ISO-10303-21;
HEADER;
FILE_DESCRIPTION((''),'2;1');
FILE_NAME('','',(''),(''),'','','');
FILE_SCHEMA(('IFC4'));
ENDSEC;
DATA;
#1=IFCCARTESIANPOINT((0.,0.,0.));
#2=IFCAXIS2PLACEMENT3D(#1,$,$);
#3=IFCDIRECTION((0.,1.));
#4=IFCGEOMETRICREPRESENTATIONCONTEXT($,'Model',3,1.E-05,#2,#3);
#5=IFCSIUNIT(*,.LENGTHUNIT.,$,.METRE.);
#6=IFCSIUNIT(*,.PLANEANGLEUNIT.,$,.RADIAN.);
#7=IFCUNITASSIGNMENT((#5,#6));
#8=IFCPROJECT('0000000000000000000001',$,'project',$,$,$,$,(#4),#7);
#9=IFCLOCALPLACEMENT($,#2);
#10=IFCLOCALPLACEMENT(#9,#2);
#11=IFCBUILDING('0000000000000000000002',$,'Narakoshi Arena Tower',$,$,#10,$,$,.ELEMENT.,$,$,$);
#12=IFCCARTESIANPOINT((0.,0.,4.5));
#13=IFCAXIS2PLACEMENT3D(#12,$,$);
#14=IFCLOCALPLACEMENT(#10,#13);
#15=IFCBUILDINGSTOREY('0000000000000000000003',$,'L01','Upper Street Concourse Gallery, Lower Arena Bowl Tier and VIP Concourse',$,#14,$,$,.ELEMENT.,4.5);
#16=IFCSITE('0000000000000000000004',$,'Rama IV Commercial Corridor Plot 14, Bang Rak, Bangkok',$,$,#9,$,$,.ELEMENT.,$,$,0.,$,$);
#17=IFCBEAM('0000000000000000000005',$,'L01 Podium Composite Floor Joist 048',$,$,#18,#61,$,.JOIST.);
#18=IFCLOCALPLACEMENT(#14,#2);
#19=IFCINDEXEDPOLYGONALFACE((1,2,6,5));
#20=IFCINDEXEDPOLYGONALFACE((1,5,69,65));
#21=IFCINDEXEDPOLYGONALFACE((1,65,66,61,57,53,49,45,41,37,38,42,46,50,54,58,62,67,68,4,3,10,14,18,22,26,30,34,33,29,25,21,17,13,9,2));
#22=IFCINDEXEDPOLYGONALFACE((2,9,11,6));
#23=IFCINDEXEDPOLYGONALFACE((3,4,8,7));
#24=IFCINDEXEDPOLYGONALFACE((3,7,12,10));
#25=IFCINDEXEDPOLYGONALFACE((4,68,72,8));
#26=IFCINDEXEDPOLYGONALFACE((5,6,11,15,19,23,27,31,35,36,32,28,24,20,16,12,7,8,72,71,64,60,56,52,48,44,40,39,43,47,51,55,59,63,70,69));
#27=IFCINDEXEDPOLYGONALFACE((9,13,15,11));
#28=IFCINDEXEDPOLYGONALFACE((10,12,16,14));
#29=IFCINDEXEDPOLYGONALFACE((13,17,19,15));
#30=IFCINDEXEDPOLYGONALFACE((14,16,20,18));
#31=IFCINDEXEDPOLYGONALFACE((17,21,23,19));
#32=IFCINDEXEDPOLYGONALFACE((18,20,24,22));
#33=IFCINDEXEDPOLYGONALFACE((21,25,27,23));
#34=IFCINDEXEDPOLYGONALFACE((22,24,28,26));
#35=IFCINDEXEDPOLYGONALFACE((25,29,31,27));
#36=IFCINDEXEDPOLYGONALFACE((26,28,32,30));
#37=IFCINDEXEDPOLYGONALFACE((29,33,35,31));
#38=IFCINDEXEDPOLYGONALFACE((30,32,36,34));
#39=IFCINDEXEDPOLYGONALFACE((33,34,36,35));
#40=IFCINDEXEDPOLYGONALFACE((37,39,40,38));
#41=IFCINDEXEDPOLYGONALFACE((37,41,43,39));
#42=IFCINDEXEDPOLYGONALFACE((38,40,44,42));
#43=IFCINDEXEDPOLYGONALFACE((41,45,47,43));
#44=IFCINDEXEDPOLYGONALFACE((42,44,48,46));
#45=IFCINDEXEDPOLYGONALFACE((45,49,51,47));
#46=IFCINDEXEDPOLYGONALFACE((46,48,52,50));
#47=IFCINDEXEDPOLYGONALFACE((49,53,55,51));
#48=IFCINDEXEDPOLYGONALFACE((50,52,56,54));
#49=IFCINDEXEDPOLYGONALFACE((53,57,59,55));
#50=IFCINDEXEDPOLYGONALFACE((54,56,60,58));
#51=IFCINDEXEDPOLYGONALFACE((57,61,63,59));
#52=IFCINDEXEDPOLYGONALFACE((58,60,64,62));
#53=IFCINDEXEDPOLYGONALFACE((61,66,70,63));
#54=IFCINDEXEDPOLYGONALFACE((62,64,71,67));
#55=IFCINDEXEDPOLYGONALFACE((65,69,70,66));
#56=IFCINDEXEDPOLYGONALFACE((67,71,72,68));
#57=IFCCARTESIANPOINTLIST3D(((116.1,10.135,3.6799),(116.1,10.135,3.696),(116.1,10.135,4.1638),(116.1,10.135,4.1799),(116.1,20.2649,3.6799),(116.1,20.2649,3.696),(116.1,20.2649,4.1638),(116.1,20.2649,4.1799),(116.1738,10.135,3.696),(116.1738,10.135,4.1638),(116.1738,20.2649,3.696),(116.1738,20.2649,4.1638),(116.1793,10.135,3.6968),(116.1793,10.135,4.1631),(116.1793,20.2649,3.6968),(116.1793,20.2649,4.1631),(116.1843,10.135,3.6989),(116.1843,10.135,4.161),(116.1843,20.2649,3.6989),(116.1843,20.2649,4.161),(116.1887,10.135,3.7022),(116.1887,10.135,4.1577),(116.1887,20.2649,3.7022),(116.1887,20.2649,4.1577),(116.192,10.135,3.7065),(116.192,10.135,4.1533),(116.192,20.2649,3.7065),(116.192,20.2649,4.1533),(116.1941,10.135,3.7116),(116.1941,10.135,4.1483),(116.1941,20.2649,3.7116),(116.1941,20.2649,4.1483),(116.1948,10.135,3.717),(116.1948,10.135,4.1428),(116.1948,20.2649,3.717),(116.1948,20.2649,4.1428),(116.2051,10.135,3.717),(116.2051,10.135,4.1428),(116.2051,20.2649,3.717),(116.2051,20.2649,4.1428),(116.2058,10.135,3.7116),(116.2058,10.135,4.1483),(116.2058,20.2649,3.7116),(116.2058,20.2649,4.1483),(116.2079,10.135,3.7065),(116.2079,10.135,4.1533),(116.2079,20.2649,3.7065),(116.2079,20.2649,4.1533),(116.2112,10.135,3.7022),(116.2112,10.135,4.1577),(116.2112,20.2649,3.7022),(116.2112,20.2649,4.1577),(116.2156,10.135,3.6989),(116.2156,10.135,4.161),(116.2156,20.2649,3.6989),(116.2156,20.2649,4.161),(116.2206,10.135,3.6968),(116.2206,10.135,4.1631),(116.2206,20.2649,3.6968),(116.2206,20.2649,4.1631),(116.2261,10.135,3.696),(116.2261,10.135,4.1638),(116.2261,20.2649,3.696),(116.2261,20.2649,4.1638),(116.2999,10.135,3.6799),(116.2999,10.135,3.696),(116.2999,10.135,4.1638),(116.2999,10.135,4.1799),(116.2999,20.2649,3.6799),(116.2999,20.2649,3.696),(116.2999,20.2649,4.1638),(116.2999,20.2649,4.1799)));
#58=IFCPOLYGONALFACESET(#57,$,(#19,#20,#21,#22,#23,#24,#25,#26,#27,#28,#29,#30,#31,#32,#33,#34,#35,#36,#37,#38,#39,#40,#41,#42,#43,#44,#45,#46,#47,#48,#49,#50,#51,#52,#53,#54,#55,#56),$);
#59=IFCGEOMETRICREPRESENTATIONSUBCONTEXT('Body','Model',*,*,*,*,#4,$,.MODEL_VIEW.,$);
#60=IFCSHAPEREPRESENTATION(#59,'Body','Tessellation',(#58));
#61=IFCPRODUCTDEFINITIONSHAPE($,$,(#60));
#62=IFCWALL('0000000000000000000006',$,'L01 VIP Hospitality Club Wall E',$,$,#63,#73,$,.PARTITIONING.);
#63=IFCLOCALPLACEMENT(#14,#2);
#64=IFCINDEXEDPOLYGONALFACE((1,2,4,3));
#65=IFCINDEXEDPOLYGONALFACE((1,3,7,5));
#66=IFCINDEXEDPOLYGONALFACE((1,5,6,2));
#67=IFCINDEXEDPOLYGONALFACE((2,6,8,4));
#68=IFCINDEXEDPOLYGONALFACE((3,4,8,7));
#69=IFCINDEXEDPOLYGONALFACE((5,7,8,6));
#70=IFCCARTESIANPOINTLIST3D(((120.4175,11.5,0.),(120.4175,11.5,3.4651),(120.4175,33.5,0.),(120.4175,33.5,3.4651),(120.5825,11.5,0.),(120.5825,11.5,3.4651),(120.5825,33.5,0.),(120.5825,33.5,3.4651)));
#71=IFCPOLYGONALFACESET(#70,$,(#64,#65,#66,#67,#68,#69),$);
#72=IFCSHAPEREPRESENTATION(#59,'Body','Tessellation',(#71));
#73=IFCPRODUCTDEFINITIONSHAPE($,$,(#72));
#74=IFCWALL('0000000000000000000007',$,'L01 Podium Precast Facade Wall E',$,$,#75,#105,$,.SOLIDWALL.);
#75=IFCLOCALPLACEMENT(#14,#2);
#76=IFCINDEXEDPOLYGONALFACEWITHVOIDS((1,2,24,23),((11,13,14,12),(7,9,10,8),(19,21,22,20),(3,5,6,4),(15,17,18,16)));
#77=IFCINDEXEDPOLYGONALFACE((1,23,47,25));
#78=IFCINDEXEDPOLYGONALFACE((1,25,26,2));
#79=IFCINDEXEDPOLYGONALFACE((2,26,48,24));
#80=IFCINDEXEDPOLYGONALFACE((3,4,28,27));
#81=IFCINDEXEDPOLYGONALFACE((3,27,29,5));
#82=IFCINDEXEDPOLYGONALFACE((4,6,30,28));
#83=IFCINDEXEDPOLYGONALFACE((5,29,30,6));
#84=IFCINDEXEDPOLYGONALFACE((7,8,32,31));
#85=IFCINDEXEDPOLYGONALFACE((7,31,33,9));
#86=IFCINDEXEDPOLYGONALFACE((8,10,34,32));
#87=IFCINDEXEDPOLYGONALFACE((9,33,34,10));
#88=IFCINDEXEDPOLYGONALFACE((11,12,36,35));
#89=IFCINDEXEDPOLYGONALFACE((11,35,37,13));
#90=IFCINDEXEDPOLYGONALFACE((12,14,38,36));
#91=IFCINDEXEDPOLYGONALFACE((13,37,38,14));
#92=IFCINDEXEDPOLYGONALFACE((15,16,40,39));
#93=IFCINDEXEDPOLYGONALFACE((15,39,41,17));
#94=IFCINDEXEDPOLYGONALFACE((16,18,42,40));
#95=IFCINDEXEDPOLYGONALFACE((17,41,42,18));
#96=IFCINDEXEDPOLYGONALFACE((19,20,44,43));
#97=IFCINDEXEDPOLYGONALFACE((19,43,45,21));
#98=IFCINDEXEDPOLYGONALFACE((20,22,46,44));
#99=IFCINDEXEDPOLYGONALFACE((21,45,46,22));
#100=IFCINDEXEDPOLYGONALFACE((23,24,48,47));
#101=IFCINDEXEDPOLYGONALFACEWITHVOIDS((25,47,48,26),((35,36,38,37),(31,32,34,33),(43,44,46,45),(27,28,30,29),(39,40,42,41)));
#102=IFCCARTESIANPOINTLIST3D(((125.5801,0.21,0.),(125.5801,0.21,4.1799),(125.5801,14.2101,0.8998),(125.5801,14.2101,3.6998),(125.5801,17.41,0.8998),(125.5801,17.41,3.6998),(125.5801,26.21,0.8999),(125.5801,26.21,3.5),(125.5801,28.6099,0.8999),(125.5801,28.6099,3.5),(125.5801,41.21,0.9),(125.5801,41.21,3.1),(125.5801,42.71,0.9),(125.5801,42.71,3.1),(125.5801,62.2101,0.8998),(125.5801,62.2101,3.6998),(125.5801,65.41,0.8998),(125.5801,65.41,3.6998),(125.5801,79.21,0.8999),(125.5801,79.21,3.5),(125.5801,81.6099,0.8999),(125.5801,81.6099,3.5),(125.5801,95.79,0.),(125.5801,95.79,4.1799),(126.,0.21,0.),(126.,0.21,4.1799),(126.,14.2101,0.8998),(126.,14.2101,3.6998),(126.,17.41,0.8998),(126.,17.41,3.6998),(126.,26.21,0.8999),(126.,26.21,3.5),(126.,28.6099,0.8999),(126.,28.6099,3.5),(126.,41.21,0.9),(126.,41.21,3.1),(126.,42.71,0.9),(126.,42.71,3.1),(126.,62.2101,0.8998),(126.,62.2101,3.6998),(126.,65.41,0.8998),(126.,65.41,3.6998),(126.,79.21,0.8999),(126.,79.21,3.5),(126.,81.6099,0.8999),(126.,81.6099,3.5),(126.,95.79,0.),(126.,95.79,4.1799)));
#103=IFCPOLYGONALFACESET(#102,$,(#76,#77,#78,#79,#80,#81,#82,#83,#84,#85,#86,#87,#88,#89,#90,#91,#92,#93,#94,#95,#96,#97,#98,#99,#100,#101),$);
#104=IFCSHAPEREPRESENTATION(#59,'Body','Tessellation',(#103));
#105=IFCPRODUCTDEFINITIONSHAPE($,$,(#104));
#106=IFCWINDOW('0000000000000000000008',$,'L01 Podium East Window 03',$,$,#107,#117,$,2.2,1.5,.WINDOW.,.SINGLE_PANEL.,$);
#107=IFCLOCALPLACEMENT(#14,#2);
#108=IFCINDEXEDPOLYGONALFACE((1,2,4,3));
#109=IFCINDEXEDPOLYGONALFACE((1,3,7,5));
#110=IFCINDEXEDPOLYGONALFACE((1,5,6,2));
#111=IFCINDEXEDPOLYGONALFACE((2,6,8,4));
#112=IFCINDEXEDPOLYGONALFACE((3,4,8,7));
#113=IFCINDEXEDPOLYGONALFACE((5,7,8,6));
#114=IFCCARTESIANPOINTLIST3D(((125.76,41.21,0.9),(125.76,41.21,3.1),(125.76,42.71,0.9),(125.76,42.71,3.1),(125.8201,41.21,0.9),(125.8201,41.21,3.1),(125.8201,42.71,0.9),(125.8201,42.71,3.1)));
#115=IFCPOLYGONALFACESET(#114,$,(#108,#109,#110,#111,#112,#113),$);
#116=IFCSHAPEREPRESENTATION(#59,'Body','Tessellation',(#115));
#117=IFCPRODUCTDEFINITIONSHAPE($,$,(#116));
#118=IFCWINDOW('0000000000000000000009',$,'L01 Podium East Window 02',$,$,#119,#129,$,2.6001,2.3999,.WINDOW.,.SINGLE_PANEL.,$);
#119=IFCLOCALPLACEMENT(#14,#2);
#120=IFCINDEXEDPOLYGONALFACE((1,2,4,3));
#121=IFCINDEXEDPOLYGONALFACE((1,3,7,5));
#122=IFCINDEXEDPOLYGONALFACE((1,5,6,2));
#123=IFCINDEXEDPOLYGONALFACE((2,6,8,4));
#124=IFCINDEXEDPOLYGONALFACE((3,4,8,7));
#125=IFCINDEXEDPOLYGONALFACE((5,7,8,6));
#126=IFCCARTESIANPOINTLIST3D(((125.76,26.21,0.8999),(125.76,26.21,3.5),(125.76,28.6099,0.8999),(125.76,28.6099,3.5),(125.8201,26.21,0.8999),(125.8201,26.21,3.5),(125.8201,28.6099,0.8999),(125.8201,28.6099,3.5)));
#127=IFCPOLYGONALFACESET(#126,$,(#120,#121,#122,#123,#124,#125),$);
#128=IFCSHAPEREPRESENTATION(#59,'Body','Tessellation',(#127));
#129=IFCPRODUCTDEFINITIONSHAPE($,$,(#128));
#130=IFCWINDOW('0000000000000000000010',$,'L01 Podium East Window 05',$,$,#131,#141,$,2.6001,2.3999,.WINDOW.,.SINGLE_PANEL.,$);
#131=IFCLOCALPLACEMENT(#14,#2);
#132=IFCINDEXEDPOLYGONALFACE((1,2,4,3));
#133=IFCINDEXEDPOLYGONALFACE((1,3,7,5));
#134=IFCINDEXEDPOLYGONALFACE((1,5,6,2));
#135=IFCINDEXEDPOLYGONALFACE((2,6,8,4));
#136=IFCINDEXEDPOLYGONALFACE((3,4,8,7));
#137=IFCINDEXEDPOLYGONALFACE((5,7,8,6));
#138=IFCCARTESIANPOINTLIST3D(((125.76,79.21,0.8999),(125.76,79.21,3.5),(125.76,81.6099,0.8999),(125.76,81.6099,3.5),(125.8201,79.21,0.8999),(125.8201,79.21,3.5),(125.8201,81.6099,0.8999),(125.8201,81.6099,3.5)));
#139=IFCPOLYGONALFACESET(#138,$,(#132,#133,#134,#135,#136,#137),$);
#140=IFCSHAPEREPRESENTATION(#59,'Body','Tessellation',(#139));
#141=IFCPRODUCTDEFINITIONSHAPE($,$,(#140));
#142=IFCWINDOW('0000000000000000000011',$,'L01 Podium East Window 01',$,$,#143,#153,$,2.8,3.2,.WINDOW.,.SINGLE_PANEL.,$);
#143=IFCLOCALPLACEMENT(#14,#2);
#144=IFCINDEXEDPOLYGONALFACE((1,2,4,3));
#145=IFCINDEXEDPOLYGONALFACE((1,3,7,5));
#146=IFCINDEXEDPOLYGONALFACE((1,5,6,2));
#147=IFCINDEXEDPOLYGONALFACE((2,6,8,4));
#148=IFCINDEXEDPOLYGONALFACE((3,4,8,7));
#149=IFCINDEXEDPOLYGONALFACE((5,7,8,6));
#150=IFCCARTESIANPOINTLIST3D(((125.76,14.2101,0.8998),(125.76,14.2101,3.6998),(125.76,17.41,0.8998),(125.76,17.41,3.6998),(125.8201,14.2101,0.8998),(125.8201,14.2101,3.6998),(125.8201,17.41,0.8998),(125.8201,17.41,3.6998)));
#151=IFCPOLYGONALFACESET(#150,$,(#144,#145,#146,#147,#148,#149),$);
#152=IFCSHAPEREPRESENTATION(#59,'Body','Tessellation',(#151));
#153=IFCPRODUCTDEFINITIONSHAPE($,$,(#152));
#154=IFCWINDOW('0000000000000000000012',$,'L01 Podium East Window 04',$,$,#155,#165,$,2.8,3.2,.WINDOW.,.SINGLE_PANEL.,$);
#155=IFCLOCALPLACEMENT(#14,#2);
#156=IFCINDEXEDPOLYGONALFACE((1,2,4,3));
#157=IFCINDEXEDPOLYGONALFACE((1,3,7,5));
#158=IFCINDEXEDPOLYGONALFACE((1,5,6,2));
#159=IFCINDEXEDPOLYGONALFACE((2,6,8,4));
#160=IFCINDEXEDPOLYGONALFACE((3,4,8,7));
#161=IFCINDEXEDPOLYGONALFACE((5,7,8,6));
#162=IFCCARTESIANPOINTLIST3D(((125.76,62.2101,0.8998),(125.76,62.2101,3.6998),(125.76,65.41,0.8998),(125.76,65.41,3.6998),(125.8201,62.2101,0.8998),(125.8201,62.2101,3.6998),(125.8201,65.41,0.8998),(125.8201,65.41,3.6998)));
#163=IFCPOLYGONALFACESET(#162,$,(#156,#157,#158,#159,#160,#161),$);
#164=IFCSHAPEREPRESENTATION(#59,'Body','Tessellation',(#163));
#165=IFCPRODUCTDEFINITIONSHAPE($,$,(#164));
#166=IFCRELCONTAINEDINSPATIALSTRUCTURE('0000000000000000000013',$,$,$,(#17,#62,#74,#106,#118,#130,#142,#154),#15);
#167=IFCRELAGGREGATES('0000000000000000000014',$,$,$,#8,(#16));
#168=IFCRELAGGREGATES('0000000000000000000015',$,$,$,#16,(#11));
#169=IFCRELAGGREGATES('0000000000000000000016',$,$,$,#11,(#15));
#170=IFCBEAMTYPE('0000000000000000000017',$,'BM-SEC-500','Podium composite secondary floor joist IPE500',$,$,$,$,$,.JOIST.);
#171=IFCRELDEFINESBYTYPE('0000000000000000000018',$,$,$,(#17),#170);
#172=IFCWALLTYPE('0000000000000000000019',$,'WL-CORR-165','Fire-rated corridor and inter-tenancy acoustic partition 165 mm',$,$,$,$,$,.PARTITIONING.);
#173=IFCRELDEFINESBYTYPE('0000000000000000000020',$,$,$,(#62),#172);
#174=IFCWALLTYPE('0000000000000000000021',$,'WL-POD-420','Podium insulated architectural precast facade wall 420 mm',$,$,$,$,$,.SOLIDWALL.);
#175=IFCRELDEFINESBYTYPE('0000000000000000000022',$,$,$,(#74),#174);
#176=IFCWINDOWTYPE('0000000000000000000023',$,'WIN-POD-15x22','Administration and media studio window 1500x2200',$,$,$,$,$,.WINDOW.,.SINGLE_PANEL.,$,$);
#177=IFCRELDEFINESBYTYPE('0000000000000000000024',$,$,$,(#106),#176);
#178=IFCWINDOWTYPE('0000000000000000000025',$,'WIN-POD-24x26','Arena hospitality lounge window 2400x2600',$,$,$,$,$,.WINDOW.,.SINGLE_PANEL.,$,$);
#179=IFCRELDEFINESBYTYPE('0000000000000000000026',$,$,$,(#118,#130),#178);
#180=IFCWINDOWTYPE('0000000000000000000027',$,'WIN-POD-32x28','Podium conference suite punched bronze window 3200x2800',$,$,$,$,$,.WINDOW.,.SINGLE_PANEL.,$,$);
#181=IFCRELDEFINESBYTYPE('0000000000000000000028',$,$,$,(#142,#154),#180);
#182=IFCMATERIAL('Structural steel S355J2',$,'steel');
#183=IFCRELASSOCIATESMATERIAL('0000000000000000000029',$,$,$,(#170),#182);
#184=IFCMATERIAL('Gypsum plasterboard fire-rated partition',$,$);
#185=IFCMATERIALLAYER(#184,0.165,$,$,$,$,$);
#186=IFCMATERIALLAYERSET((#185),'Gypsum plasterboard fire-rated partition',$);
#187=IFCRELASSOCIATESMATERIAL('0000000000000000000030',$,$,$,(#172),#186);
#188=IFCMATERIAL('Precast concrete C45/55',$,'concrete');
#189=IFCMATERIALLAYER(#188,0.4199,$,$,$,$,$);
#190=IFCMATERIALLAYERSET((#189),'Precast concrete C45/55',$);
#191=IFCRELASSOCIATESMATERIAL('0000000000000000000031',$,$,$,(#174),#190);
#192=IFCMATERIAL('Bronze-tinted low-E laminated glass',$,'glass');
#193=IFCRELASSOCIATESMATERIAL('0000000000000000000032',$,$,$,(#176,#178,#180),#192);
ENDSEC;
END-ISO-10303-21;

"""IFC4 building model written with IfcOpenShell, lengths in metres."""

from ifc_helpers import new_model, si_unit, direction, frame, frame_2d, origin, origin_2d, place, context, subcontext, project, spatial, rectangle, i_section, extrude, material, layer, layer_set, material_profile, profile_set, type_object, element, fill, save


model = new_model("IFC4")

# Units and contexts
model_context = context("Model", 3, precision=1e-05, world=origin(), true_north=direction((0.0, 1.0)))
body_context = subcontext(model_context, "Body", "Model", "MODEL_VIEW")
ifc_project = project(units=[si_unit("LENGTHUNIT", "METRE"), si_unit("PLANEANGLEUNIT", "RADIAN")], contexts=[model_context])

# Site, building, storey
site_placement = place(None, origin())
site = spatial("IfcSite", under=ifc_project, at=site_placement, Name="Rama IV Commercial Corridor Plot 14, Bang Rak, Bangkok", CompositionType="ELEMENT", RefElevation=0.0)
building_placement = place(site_placement, origin())
building = spatial("IfcBuilding", under=site, at=building_placement, Name="Narakoshi Arena Tower", CompositionType="ELEMENT")
storey_placement = place(building_placement, frame((0.0, 0.0, 4.5)))
storey = spatial("IfcBuildingStorey", under=building, at=storey_placement, Name="L01", Description="Upper Street Concourse Gallery, Lower Arena Bowl Tier and VIP Concourse", CompositionType="ELEMENT", Elevation=4.5)

# Beam
ifc_material_1 = material(Name="Structural steel S355J2", Category="steel")
ifc_material_profile_1 = material_profile(ifc_material_1, i_section(OverallWidth=0.2, OverallDepth=0.5, WebThickness=0.0103, FlangeThickness=0.0161, FilletRadius=0.021, at=origin_2d()), Name="IPE500")
ifc_profile_set_1 = profile_set([ifc_material_profile_1], Name="Structural steel S355J2")
beam_type_1 = type_object("IfcBeamType", Name="BM-SEC-500", Description="Podium composite secondary floor joist IPE500", PredefinedType="JOIST", material=ifc_profile_set_1)
beam_1_placement = place(storey_placement, frame((116.2, 10.135, 3.9299), z_axis=(0.0, 1.0, 0.0), x_axis=(-1.0, 0.0, 0.0)))
element("IfcBeam", 1, at=beam_1_placement, inside=storey, type_object=beam_type_1, Name="L01 Podium Composite Floor Joist 048", PredefinedType="JOIST", context=body_context, shape_type="SweptSolid", body=[
    extrude(i_section(OverallWidth=0.2, OverallDepth=0.5, WebThickness=0.0103, FlangeThickness=0.0161, FilletRadius=0.021, at=origin_2d()), origin(), (0.0, 0.0, 1.0), 10.1299),
])

# Wall
ifc_material_2 = material(Name="Gypsum plasterboard fire-rated partition")
ifc_layer_1 = layer(ifc_material_2, 0.165)
ifc_layer_set_1 = layer_set([ifc_layer_1], Name="Gypsum plasterboard fire-rated partition")
wall_type_1 = type_object("IfcWallType", Name="WL-CORR-165", Description="Fire-rated corridor and inter-tenancy acoustic partition 165 mm", PredefinedType="PARTITIONING", material=ifc_layer_set_1)
wall_1_placement = place(storey_placement, frame((120.5, 11.5, 0.0), z_axis=(0.0, 0.0, 1.0), x_axis=(0.0, 1.0, 0.0)))
element("IfcWall", 2, at=wall_1_placement, inside=storey, type_object=wall_type_1, Name="L01 VIP Hospitality Club Wall E", PredefinedType="PARTITIONING", context=body_context, shape_type="SweptSolid", body=[
    extrude(rectangle(XDim=22.0, YDim=0.165, at=frame_2d((11.0, 0.0))), origin(), (0.0, 0.0, 1.0), 3.4651),
])

# Wall, openings, windows
ifc_material_3 = material(Name="Precast concrete C45/55", Category="concrete")
ifc_layer_2 = layer(ifc_material_3, 0.4199)
ifc_layer_set_2 = layer_set([ifc_layer_2], Name="Precast concrete C45/55")
wall_type_2 = type_object("IfcWallType", Name="WL-POD-420", Description="Podium insulated architectural precast facade wall 420 mm", PredefinedType="SOLIDWALL", material=ifc_layer_set_2)
wall_2_placement = place(storey_placement, frame((125.79, 0.21, 0.0), z_axis=(0.0, 0.0, 1.0), x_axis=(0.0, 1.0, 0.0)))
wall_2 = element("IfcWall", 3, at=wall_2_placement, inside=storey, type_object=wall_type_2, Name="L01 Podium Precast Facade Wall E", PredefinedType="SOLIDWALL", context=body_context, shape_type="SweptSolid", body=[
    extrude(rectangle(XDim=95.5801, YDim=0.4199, at=frame_2d((47.79, 0.0))), origin(), (0.0, 0.0, 1.0), 4.1799),
])
opening_1_placement = place(wall_2_placement, frame((14.0, 0.0, 0.8999)))
opening_1 = element("IfcOpeningElement", 4, at=opening_1_placement, cuts=wall_2, PredefinedType="OPENING", context=body_context, shape_type="SweptSolid", body=[
    extrude(rectangle(XDim=3.2, YDim=2.8, at=frame_2d((1.6001, 1.3999))), frame((0.0, 0.22, 0.0), z_axis=(0.0, -1.0, 0.0), x_axis=(1.0, 0.0, 0.0)), (0.0, 0.0, 1.0), 0.4399),
])
opening_2_placement = place(wall_2_placement, frame((26.0, 0.0, 0.8999)))
opening_2 = element("IfcOpeningElement", 5, at=opening_2_placement, cuts=wall_2, PredefinedType="OPENING", context=body_context, shape_type="SweptSolid", body=[
    extrude(rectangle(XDim=2.3999, YDim=2.6001, at=frame_2d((1.2, 1.3))), frame((0.0, 0.22, 0.0), z_axis=(0.0, -1.0, 0.0), x_axis=(1.0, 0.0, 0.0)), (0.0, 0.0, 1.0), 0.4399),
])
opening_3_placement = place(wall_2_placement, frame((41.0, 0.0, 0.8999)))
opening_3 = element("IfcOpeningElement", 6, at=opening_3_placement, cuts=wall_2, PredefinedType="OPENING", context=body_context, shape_type="SweptSolid", body=[
    extrude(rectangle(XDim=1.5, YDim=2.2, at=frame_2d((0.75, 1.1001))), frame((0.0, 0.22, 0.0), z_axis=(0.0, -1.0, 0.0), x_axis=(1.0, 0.0, 0.0)), (0.0, 0.0, 1.0), 0.4399),
])
opening_4_placement = place(wall_2_placement, frame((62.0, 0.0, 0.8999)))
opening_4 = element("IfcOpeningElement", 7, at=opening_4_placement, cuts=wall_2, PredefinedType="OPENING", context=body_context, shape_type="SweptSolid", body=[
    extrude(rectangle(XDim=3.2, YDim=2.8, at=frame_2d((1.6001, 1.3999))), frame((0.0, 0.22, 0.0), z_axis=(0.0, -1.0, 0.0), x_axis=(1.0, 0.0, 0.0)), (0.0, 0.0, 1.0), 0.4399),
])
opening_5_placement = place(wall_2_placement, frame((79.0, 0.0, 0.8999)))
opening_5 = element("IfcOpeningElement", 8, at=opening_5_placement, cuts=wall_2, PredefinedType="OPENING", context=body_context, shape_type="SweptSolid", body=[
    extrude(rectangle(XDim=2.3999, YDim=2.6001, at=frame_2d((1.2, 1.3))), frame((0.0, 0.22, 0.0), z_axis=(0.0, -1.0, 0.0), x_axis=(1.0, 0.0, 0.0)), (0.0, 0.0, 1.0), 0.4399),
])
ifc_material_4 = material(Name="Bronze-tinted low-E laminated glass", Category="glass")
window_type_1 = type_object("IfcWindowType", Name="WIN-POD-15x22", Description="Administration and media studio window 1500x2200", PartitioningType="SINGLE_PANEL", PredefinedType="WINDOW", material=ifc_material_4)
window_1_placement = place(opening_3_placement, origin())
window_1 = element("IfcWindow", 9, at=window_1_placement, inside=storey, type_object=window_type_1, Name="L01 Podium East Window 03", OverallHeight=2.2, OverallWidth=1.5, PartitioningType="SINGLE_PANEL", PredefinedType="WINDOW", context=body_context, shape_type="SweptSolid", body=[
    extrude(rectangle(XDim=1.5, YDim=2.2, at=frame_2d((0.75, 1.1001))), frame((0.0, 0.03, 0.0), z_axis=(0.0, -1.0, 0.0), x_axis=(1.0, 0.0, 0.0)), (0.0, 0.0, 1.0), 0.0601),
])
fill(opening_3, window_1)
window_type_2 = type_object("IfcWindowType", Name="WIN-POD-24x26", Description="Arena hospitality lounge window 2400x2600", PartitioningType="SINGLE_PANEL", PredefinedType="WINDOW", material=ifc_material_4)
window_2_placement = place(opening_2_placement, origin())
window_2 = element("IfcWindow", 10, at=window_2_placement, inside=storey, type_object=window_type_2, Name="L01 Podium East Window 02", OverallHeight=2.6001, OverallWidth=2.3999, PartitioningType="SINGLE_PANEL", PredefinedType="WINDOW", context=body_context, shape_type="SweptSolid", body=[
    extrude(rectangle(XDim=2.3999, YDim=2.6001, at=frame_2d((1.2, 1.3))), frame((0.0, 0.03, 0.0), z_axis=(0.0, -1.0, 0.0), x_axis=(1.0, 0.0, 0.0)), (0.0, 0.0, 1.0), 0.0601),
])
fill(opening_2, window_2)
window_3_placement = place(opening_5_placement, origin())
window_3 = element("IfcWindow", 11, at=window_3_placement, inside=storey, type_object=window_type_2, Name="L01 Podium East Window 05", OverallHeight=2.6001, OverallWidth=2.3999, PartitioningType="SINGLE_PANEL", PredefinedType="WINDOW", context=body_context, shape_type="SweptSolid", body=[
    extrude(rectangle(XDim=2.3999, YDim=2.6001, at=frame_2d((1.2, 1.3))), frame((0.0, 0.03, 0.0), z_axis=(0.0, -1.0, 0.0), x_axis=(1.0, 0.0, 0.0)), (0.0, 0.0, 1.0), 0.0601),
])
fill(opening_5, window_3)
window_type_3 = type_object("IfcWindowType", Name="WIN-POD-32x28", Description="Podium conference suite punched bronze window 3200x2800", PartitioningType="SINGLE_PANEL", PredefinedType="WINDOW", material=ifc_material_4)
window_4_placement = place(opening_1_placement, origin())
window_4 = element("IfcWindow", 12, at=window_4_placement, inside=storey, type_object=window_type_3, Name="L01 Podium East Window 01", OverallHeight=2.8, OverallWidth=3.2, PartitioningType="SINGLE_PANEL", PredefinedType="WINDOW", context=body_context, shape_type="SweptSolid", body=[
    extrude(rectangle(XDim=3.2, YDim=2.8, at=frame_2d((1.6001, 1.3999))), frame((0.0, 0.03, 0.0), z_axis=(0.0, -1.0, 0.0), x_axis=(1.0, 0.0, 0.0)), (0.0, 0.0, 1.0), 0.0601),
])
fill(opening_1, window_4)
window_5_placement = place(opening_4_placement, origin())
window_5 = element("IfcWindow", 13, at=window_5_placement, inside=storey, type_object=window_type_3, Name="L01 Podium East Window 04", OverallHeight=2.8, OverallWidth=3.2, PartitioningType="SINGLE_PANEL", PredefinedType="WINDOW", context=body_context, shape_type="SweptSolid", body=[
    extrude(rectangle(XDim=3.2, YDim=2.8, at=frame_2d((1.6001, 1.3999))), frame((0.0, 0.03, 0.0), z_axis=(0.0, -1.0, 0.0), x_axis=(1.0, 0.0, 0.0)), (0.0, 0.0, 1.0), 0.0601),
])
fill(opening_4, window_5)

save(model, "model.ifc")
